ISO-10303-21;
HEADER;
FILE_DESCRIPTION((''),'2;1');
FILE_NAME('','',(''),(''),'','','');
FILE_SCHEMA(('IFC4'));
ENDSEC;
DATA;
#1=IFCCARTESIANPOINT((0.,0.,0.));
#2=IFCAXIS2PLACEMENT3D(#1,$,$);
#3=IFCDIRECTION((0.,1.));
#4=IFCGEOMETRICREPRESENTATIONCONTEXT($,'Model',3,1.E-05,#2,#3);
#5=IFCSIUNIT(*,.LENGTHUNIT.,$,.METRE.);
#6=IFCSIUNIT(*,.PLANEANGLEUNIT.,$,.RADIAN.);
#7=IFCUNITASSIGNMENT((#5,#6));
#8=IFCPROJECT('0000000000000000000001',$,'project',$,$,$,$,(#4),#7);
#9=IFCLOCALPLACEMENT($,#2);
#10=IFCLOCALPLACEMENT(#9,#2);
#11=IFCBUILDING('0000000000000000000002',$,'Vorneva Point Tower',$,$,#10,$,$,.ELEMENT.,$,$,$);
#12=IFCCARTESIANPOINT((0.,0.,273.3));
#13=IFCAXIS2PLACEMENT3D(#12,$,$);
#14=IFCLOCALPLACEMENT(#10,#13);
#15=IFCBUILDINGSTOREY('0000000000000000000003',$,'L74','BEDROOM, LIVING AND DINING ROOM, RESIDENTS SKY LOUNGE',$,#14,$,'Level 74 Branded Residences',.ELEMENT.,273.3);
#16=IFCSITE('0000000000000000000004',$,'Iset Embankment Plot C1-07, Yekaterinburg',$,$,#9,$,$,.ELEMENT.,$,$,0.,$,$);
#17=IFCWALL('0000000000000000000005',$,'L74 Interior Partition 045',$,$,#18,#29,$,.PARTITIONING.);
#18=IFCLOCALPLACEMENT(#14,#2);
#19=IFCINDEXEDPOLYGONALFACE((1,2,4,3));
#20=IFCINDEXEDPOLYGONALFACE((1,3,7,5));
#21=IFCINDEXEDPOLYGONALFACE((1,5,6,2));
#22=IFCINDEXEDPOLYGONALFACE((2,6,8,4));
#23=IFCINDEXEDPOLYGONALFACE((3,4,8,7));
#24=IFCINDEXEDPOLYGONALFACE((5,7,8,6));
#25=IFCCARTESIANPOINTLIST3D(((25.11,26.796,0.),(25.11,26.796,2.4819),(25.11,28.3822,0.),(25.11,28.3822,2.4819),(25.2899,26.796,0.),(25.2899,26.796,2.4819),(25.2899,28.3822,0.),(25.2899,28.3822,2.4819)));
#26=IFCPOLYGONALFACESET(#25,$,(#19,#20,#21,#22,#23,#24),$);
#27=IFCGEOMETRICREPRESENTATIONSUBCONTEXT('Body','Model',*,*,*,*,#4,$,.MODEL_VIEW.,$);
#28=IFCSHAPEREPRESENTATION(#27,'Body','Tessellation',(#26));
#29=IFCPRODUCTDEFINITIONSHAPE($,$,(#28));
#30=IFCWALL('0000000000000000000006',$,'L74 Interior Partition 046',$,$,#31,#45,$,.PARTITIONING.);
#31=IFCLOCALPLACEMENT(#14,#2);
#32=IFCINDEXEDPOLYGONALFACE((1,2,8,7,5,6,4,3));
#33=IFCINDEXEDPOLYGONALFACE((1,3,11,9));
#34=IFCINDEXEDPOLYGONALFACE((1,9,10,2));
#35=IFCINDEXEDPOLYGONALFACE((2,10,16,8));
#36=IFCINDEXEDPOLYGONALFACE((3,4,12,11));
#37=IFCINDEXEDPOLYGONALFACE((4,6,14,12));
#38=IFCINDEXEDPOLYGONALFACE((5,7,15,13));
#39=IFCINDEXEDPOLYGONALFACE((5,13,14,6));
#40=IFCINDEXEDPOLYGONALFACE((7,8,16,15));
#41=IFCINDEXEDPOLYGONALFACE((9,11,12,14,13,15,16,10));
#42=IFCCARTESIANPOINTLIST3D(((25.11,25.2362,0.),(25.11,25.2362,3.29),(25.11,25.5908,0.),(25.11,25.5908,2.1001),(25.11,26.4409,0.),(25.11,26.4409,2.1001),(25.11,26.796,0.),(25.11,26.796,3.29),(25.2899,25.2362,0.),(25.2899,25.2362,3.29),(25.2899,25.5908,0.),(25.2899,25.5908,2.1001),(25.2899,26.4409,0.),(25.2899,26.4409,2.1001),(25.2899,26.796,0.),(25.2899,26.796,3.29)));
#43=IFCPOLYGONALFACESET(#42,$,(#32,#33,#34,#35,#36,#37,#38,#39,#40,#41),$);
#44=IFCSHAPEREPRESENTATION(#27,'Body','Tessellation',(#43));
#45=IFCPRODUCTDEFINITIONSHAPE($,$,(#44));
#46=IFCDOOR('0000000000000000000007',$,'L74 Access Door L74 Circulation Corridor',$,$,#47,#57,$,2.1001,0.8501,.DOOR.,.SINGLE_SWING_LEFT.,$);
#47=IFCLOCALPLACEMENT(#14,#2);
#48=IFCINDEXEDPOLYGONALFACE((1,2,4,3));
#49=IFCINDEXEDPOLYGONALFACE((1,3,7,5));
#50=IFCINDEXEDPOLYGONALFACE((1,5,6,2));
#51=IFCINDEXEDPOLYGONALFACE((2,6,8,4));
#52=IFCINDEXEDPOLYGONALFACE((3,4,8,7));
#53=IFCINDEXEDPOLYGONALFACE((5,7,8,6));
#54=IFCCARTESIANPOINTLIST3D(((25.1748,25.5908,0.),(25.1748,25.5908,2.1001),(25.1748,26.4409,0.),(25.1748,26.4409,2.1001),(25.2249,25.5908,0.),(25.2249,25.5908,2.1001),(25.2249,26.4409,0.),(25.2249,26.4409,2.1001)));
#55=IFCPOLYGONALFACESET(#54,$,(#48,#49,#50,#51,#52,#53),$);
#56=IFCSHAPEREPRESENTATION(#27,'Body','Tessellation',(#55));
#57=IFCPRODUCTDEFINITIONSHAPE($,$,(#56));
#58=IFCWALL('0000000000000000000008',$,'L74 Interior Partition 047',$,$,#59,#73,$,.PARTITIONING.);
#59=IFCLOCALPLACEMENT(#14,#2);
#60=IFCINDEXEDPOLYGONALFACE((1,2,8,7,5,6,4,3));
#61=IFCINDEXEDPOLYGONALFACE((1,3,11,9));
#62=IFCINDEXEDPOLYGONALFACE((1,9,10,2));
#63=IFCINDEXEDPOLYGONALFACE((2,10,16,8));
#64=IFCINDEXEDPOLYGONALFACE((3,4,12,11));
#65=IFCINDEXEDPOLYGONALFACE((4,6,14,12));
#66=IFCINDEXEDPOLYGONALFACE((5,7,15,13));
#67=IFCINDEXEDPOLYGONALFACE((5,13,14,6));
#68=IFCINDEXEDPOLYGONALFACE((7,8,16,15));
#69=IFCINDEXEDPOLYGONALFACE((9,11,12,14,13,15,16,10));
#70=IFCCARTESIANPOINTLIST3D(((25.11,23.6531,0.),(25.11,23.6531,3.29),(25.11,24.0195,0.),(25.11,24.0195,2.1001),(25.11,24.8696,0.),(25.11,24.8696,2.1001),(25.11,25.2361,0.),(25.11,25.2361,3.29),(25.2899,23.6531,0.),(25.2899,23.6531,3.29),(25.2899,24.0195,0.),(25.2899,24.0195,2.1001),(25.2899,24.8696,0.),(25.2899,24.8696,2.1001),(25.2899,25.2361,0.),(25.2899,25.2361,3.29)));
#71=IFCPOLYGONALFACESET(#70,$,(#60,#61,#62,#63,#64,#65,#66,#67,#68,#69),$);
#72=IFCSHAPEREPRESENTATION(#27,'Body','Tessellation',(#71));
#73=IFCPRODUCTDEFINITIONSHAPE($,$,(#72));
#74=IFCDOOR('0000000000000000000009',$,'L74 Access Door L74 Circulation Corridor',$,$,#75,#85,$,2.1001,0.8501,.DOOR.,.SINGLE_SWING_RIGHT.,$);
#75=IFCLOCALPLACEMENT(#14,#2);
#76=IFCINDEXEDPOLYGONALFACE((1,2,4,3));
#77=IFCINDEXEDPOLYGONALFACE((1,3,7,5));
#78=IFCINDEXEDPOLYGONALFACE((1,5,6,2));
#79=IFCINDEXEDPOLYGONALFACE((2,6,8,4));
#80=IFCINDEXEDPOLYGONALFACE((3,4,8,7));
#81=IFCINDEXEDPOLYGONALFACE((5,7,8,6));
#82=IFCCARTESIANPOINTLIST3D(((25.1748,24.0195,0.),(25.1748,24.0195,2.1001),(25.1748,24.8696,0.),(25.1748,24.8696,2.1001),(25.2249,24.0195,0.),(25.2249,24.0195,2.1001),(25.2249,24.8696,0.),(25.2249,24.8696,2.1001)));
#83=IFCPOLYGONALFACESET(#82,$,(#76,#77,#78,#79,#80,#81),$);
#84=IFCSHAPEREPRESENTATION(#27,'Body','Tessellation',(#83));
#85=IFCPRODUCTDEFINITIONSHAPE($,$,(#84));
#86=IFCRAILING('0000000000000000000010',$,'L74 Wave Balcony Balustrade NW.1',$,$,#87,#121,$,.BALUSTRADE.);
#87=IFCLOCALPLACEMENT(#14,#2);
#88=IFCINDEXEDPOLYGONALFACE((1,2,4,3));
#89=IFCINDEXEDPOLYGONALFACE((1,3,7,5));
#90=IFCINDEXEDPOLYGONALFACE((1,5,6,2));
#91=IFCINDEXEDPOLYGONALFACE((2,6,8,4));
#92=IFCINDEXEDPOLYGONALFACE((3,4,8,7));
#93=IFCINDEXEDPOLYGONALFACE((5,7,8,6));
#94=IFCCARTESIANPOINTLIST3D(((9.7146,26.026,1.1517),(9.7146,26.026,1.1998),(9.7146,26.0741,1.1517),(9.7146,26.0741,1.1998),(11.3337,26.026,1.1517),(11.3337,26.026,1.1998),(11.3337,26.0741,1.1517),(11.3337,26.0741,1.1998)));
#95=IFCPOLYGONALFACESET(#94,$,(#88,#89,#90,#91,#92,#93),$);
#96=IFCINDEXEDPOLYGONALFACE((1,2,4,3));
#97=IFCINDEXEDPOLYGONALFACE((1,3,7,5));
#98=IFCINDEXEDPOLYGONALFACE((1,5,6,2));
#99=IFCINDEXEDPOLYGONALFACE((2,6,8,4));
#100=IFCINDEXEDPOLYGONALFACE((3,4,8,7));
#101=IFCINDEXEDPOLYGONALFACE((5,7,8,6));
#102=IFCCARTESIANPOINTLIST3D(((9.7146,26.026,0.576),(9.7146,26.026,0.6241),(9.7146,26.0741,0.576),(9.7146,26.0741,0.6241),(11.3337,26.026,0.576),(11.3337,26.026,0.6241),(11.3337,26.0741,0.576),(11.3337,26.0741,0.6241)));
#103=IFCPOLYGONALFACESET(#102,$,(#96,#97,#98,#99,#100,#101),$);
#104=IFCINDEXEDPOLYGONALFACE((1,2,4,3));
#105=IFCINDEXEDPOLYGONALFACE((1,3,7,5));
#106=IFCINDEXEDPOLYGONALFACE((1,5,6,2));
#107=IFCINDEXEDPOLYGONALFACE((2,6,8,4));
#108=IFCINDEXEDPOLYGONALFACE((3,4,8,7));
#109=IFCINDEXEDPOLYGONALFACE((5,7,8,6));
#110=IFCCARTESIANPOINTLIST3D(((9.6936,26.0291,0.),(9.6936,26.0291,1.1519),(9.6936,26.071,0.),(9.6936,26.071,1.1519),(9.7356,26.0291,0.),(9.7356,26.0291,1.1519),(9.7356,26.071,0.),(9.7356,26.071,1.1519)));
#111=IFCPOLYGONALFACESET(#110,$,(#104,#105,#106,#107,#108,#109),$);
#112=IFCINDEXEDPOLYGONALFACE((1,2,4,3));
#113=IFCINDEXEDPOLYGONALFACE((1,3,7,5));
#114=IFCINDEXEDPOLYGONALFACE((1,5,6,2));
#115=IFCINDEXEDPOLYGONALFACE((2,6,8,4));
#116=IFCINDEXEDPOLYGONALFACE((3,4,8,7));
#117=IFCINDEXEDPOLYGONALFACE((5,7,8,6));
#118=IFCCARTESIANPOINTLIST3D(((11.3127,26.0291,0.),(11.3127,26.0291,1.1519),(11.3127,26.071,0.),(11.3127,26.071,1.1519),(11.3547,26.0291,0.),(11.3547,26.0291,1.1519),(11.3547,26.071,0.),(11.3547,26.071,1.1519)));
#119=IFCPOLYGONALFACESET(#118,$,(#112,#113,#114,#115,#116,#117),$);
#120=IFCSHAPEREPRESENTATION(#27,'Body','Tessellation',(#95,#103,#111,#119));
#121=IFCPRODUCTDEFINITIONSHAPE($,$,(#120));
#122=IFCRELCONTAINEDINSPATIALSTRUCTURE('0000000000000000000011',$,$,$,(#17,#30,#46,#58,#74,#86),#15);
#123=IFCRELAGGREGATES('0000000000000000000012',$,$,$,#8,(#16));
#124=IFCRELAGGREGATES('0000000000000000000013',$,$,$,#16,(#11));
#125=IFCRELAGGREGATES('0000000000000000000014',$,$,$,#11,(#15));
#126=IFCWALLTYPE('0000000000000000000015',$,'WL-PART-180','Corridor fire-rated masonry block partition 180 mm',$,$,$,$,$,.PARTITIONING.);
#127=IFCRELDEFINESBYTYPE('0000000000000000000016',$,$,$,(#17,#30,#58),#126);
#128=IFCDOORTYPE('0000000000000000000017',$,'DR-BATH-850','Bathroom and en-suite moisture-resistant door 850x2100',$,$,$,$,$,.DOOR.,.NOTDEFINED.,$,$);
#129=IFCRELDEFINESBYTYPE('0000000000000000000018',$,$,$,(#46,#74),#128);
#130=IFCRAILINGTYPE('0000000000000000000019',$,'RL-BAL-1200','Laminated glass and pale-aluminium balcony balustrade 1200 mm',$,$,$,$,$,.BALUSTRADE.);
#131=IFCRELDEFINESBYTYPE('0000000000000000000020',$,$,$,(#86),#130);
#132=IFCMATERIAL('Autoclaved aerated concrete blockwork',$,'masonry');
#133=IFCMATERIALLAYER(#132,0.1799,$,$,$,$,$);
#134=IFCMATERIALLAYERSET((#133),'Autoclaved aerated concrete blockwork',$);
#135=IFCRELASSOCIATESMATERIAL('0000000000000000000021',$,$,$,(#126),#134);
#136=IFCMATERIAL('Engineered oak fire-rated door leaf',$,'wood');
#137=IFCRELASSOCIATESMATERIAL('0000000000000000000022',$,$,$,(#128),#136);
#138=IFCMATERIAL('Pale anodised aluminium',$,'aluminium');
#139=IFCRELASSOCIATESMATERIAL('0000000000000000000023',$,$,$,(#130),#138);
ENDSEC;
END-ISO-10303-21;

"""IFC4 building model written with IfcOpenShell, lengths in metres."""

from ifc_helpers import new_model, si_unit, direction, frame, frame_2d, origin, origin_2d, place, context, subcontext, project, spatial, rectangle, extrude, material, layer, layer_set, type_object, element, fill, save


model = new_model("IFC4")

# Units and contexts
model_context = context("Model", 3, precision=1e-05, world=origin(), true_north=direction((0.0, 1.0)))
body_context = subcontext(model_context, "Body", "Model", "MODEL_VIEW")
ifc_project = project(units=[si_unit("LENGTHUNIT", "METRE"), si_unit("PLANEANGLEUNIT", "RADIAN")], contexts=[model_context])

# Site, building, storey
site_placement = place(None, origin())
site = spatial("IfcSite", under=ifc_project, at=site_placement, Name="Iset Embankment Plot C1-07, Yekaterinburg", CompositionType="ELEMENT", RefElevation=0.0)
building_placement = place(site_placement, origin())
building = spatial("IfcBuilding", under=site, at=building_placement, Name="Vorneva Point Tower", CompositionType="ELEMENT")
storey_placement = place(building_placement, frame((0.0, 0.0, 273.3)))
storey = spatial("IfcBuildingStorey", under=building, at=storey_placement, Name="L74", Description="BEDROOM, LIVING AND DINING ROOM, RESIDENTS SKY LOUNGE", LongName="Level 74 Branded Residences", CompositionType="ELEMENT", Elevation=273.3)

# Shared definitions
ifc_material_1 = material(Name="Pale anodised aluminium", Category="aluminium")

# Shared definitions
ifc_material_2 = material(Name="Engineered oak fire-rated door leaf", Category="wood")

# Wall
ifc_material_3 = material(Name="Autoclaved aerated concrete blockwork", Category="masonry")
ifc_layer_1 = layer(ifc_material_3, 0.1799)
ifc_layer_set_1 = layer_set([ifc_layer_1], Name="Autoclaved aerated concrete blockwork")
wall_type_1 = type_object("IfcWallType", Name="WL-PART-180", Description="Corridor fire-rated masonry block partition 180 mm", PredefinedType="PARTITIONING", material=ifc_layer_set_1)
wall_1_placement = place(storey_placement, frame((25.2, 28.3821, 0.0), z_axis=(0.0, 0.0, 1.0), x_axis=(0.0, -1.0, 0.0)))
element("IfcWall", 1, at=wall_1_placement, inside=storey, type_object=wall_type_1, Name="L74 Interior Partition 045", PredefinedType="PARTITIONING", context=body_context, shape_type="SweptSolid", body=[
    extrude(rectangle(XDim=1.5862, YDim=0.1799, at=frame_2d((0.793, 0.0))), origin(), (0.0, 0.0, 1.0), 2.4819),
])

# Walls, openings, doors
wall_2_placement = place(storey_placement, frame((25.2, 26.7959, 0.0), z_axis=(0.0, 0.0, 1.0), x_axis=(0.0, -1.0, 0.0)))
wall_2 = element("IfcWall", 2, at=wall_2_placement, inside=storey, type_object=wall_type_1, Name="L74 Interior Partition 046", PredefinedType="PARTITIONING", context=body_context, shape_type="SweptSolid", body=[
    extrude(rectangle(XDim=1.5598, YDim=0.1799, at=frame_2d((0.7798, 0.0))), origin(), (0.0, 0.0, 1.0), 3.29),
])
opening_1_placement = place(wall_2_placement, frame((0.355, 0.0, 0.0)))
opening_1 = element("IfcOpeningElement", 3, at=opening_1_placement, cuts=wall_2, PredefinedType="OPENING", context=body_context, shape_type="SweptSolid", body=[
    extrude(rectangle(XDim=0.8501, YDim=2.1001, at=frame_2d((0.425, 1.05))), frame((0.0, 0.105, 0.0), z_axis=(0.0, -1.0, 0.0), x_axis=(1.0, 0.0, 0.0)), (0.0, 0.0, 1.0), 0.2097),
])
door_type_1 = type_object("IfcDoorType", Name="DR-BATH-850", Description="Bathroom and en-suite moisture-resistant door 850x2100", OperationType="NOTDEFINED", PredefinedType="DOOR", material=ifc_material_2)
door_1_placement = place(opening_1_placement, origin())
door_1 = element("IfcDoor", 4, at=door_1_placement, inside=storey, type_object=door_type_1, Name="L74 Access Door L74 Circulation Corridor", OperationType="SINGLE_SWING_LEFT", OverallHeight=2.1001, OverallWidth=0.8501, PredefinedType="DOOR", context=body_context, shape_type="SweptSolid", body=[
    extrude(rectangle(XDim=0.8501, YDim=2.1001, at=frame_2d((0.425, 1.05))), frame((0.0, 0.0249, 0.0), z_axis=(0.0, -1.0, 0.0), x_axis=(1.0, 0.0, 0.0)), (0.0, 0.0, 1.0), 0.05),
])
fill(opening_1, door_1)
wall_3_placement = place(storey_placement, frame((25.2, 25.2361, 0.0), z_axis=(0.0, 0.0, 1.0), x_axis=(0.0, -1.0, 0.0)))
wall_3 = element("IfcWall", 5, at=wall_3_placement, inside=storey, type_object=wall_type_1, Name="L74 Interior Partition 047", PredefinedType="PARTITIONING", context=body_context, shape_type="SweptSolid", body=[
    extrude(rectangle(XDim=1.583, YDim=0.1799, at=frame_2d((0.7915, 0.0))), origin(), (0.0, 0.0, 1.0), 3.29),
])
opening_2_placement = place(wall_3_placement, frame((0.3665, 0.0, 0.0)))
opening_2 = element("IfcOpeningElement", 6, at=opening_2_placement, cuts=wall_3, PredefinedType="OPENING", context=body_context, shape_type="SweptSolid", body=[
    extrude(rectangle(XDim=0.8501, YDim=2.1001, at=frame_2d((0.425, 1.05))), frame((0.0, 0.105, 0.0), z_axis=(0.0, -1.0, 0.0), x_axis=(1.0, 0.0, 0.0)), (0.0, 0.0, 1.0), 0.2097),
])
door_2_placement = place(opening_2_placement, origin())
door_2 = element("IfcDoor", 7, at=door_2_placement, inside=storey, type_object=door_type_1, Name="L74 Access Door L74 Circulation Corridor", OperationType="SINGLE_SWING_RIGHT", OverallHeight=2.1001, OverallWidth=0.8501, PredefinedType="DOOR", context=body_context, shape_type="SweptSolid", body=[
    extrude(rectangle(XDim=0.8501, YDim=2.1001, at=frame_2d((0.425, 1.05))), frame((0.0, 0.0249, 0.0), z_axis=(0.0, -1.0, 0.0), x_axis=(1.0, 0.0, 0.0)), (0.0, 0.0, 1.0), 0.05),
])
fill(opening_2, door_2)

# Railing
railing_type = type_object("IfcRailingType", Name="RL-BAL-1200", Description="Laminated glass and pale-aluminium balcony balustrade 1200 mm", PredefinedType="BALUSTRADE", material=ifc_material_1)
railing_placement = place(storey_placement, frame((9.7146, 26.05, 0.0)))
element("IfcRailing", 8, at=railing_placement, inside=storey, type_object=railing_type, Name="L74 Wave Balcony Balustrade NW.1", PredefinedType="BALUSTRADE", context=body_context, shape_type="SweptSolid", body=[
    extrude(rectangle(XDim=0.0481, YDim=0.0481, at=origin_2d()), frame((0.0, 0.0, 1.1758), z_axis=(1.0, 0.0, 0.0), x_axis=(0.0, 1.0, 0.0)), (0.0, 0.0, 1.0), 1.6191),
    extrude(rectangle(XDim=0.0481, YDim=0.0481, at=origin_2d()), frame((0.0, 0.0, 0.6001), z_axis=(1.0, 0.0, 0.0), x_axis=(0.0, 1.0, 0.0)), (0.0, 0.0, 1.0), 1.6191),
    extrude(rectangle(XDim=0.042, YDim=0.042, at=origin_2d()), origin(), (0.0, 0.0, 1.0), 1.1519),
    extrude(rectangle(XDim=0.042, YDim=0.042, at=origin_2d()), frame((1.6191, 0.0, 0.0)), (0.0, 0.0, 1.0), 1.1519),
])

save(model, "model.ifc")
